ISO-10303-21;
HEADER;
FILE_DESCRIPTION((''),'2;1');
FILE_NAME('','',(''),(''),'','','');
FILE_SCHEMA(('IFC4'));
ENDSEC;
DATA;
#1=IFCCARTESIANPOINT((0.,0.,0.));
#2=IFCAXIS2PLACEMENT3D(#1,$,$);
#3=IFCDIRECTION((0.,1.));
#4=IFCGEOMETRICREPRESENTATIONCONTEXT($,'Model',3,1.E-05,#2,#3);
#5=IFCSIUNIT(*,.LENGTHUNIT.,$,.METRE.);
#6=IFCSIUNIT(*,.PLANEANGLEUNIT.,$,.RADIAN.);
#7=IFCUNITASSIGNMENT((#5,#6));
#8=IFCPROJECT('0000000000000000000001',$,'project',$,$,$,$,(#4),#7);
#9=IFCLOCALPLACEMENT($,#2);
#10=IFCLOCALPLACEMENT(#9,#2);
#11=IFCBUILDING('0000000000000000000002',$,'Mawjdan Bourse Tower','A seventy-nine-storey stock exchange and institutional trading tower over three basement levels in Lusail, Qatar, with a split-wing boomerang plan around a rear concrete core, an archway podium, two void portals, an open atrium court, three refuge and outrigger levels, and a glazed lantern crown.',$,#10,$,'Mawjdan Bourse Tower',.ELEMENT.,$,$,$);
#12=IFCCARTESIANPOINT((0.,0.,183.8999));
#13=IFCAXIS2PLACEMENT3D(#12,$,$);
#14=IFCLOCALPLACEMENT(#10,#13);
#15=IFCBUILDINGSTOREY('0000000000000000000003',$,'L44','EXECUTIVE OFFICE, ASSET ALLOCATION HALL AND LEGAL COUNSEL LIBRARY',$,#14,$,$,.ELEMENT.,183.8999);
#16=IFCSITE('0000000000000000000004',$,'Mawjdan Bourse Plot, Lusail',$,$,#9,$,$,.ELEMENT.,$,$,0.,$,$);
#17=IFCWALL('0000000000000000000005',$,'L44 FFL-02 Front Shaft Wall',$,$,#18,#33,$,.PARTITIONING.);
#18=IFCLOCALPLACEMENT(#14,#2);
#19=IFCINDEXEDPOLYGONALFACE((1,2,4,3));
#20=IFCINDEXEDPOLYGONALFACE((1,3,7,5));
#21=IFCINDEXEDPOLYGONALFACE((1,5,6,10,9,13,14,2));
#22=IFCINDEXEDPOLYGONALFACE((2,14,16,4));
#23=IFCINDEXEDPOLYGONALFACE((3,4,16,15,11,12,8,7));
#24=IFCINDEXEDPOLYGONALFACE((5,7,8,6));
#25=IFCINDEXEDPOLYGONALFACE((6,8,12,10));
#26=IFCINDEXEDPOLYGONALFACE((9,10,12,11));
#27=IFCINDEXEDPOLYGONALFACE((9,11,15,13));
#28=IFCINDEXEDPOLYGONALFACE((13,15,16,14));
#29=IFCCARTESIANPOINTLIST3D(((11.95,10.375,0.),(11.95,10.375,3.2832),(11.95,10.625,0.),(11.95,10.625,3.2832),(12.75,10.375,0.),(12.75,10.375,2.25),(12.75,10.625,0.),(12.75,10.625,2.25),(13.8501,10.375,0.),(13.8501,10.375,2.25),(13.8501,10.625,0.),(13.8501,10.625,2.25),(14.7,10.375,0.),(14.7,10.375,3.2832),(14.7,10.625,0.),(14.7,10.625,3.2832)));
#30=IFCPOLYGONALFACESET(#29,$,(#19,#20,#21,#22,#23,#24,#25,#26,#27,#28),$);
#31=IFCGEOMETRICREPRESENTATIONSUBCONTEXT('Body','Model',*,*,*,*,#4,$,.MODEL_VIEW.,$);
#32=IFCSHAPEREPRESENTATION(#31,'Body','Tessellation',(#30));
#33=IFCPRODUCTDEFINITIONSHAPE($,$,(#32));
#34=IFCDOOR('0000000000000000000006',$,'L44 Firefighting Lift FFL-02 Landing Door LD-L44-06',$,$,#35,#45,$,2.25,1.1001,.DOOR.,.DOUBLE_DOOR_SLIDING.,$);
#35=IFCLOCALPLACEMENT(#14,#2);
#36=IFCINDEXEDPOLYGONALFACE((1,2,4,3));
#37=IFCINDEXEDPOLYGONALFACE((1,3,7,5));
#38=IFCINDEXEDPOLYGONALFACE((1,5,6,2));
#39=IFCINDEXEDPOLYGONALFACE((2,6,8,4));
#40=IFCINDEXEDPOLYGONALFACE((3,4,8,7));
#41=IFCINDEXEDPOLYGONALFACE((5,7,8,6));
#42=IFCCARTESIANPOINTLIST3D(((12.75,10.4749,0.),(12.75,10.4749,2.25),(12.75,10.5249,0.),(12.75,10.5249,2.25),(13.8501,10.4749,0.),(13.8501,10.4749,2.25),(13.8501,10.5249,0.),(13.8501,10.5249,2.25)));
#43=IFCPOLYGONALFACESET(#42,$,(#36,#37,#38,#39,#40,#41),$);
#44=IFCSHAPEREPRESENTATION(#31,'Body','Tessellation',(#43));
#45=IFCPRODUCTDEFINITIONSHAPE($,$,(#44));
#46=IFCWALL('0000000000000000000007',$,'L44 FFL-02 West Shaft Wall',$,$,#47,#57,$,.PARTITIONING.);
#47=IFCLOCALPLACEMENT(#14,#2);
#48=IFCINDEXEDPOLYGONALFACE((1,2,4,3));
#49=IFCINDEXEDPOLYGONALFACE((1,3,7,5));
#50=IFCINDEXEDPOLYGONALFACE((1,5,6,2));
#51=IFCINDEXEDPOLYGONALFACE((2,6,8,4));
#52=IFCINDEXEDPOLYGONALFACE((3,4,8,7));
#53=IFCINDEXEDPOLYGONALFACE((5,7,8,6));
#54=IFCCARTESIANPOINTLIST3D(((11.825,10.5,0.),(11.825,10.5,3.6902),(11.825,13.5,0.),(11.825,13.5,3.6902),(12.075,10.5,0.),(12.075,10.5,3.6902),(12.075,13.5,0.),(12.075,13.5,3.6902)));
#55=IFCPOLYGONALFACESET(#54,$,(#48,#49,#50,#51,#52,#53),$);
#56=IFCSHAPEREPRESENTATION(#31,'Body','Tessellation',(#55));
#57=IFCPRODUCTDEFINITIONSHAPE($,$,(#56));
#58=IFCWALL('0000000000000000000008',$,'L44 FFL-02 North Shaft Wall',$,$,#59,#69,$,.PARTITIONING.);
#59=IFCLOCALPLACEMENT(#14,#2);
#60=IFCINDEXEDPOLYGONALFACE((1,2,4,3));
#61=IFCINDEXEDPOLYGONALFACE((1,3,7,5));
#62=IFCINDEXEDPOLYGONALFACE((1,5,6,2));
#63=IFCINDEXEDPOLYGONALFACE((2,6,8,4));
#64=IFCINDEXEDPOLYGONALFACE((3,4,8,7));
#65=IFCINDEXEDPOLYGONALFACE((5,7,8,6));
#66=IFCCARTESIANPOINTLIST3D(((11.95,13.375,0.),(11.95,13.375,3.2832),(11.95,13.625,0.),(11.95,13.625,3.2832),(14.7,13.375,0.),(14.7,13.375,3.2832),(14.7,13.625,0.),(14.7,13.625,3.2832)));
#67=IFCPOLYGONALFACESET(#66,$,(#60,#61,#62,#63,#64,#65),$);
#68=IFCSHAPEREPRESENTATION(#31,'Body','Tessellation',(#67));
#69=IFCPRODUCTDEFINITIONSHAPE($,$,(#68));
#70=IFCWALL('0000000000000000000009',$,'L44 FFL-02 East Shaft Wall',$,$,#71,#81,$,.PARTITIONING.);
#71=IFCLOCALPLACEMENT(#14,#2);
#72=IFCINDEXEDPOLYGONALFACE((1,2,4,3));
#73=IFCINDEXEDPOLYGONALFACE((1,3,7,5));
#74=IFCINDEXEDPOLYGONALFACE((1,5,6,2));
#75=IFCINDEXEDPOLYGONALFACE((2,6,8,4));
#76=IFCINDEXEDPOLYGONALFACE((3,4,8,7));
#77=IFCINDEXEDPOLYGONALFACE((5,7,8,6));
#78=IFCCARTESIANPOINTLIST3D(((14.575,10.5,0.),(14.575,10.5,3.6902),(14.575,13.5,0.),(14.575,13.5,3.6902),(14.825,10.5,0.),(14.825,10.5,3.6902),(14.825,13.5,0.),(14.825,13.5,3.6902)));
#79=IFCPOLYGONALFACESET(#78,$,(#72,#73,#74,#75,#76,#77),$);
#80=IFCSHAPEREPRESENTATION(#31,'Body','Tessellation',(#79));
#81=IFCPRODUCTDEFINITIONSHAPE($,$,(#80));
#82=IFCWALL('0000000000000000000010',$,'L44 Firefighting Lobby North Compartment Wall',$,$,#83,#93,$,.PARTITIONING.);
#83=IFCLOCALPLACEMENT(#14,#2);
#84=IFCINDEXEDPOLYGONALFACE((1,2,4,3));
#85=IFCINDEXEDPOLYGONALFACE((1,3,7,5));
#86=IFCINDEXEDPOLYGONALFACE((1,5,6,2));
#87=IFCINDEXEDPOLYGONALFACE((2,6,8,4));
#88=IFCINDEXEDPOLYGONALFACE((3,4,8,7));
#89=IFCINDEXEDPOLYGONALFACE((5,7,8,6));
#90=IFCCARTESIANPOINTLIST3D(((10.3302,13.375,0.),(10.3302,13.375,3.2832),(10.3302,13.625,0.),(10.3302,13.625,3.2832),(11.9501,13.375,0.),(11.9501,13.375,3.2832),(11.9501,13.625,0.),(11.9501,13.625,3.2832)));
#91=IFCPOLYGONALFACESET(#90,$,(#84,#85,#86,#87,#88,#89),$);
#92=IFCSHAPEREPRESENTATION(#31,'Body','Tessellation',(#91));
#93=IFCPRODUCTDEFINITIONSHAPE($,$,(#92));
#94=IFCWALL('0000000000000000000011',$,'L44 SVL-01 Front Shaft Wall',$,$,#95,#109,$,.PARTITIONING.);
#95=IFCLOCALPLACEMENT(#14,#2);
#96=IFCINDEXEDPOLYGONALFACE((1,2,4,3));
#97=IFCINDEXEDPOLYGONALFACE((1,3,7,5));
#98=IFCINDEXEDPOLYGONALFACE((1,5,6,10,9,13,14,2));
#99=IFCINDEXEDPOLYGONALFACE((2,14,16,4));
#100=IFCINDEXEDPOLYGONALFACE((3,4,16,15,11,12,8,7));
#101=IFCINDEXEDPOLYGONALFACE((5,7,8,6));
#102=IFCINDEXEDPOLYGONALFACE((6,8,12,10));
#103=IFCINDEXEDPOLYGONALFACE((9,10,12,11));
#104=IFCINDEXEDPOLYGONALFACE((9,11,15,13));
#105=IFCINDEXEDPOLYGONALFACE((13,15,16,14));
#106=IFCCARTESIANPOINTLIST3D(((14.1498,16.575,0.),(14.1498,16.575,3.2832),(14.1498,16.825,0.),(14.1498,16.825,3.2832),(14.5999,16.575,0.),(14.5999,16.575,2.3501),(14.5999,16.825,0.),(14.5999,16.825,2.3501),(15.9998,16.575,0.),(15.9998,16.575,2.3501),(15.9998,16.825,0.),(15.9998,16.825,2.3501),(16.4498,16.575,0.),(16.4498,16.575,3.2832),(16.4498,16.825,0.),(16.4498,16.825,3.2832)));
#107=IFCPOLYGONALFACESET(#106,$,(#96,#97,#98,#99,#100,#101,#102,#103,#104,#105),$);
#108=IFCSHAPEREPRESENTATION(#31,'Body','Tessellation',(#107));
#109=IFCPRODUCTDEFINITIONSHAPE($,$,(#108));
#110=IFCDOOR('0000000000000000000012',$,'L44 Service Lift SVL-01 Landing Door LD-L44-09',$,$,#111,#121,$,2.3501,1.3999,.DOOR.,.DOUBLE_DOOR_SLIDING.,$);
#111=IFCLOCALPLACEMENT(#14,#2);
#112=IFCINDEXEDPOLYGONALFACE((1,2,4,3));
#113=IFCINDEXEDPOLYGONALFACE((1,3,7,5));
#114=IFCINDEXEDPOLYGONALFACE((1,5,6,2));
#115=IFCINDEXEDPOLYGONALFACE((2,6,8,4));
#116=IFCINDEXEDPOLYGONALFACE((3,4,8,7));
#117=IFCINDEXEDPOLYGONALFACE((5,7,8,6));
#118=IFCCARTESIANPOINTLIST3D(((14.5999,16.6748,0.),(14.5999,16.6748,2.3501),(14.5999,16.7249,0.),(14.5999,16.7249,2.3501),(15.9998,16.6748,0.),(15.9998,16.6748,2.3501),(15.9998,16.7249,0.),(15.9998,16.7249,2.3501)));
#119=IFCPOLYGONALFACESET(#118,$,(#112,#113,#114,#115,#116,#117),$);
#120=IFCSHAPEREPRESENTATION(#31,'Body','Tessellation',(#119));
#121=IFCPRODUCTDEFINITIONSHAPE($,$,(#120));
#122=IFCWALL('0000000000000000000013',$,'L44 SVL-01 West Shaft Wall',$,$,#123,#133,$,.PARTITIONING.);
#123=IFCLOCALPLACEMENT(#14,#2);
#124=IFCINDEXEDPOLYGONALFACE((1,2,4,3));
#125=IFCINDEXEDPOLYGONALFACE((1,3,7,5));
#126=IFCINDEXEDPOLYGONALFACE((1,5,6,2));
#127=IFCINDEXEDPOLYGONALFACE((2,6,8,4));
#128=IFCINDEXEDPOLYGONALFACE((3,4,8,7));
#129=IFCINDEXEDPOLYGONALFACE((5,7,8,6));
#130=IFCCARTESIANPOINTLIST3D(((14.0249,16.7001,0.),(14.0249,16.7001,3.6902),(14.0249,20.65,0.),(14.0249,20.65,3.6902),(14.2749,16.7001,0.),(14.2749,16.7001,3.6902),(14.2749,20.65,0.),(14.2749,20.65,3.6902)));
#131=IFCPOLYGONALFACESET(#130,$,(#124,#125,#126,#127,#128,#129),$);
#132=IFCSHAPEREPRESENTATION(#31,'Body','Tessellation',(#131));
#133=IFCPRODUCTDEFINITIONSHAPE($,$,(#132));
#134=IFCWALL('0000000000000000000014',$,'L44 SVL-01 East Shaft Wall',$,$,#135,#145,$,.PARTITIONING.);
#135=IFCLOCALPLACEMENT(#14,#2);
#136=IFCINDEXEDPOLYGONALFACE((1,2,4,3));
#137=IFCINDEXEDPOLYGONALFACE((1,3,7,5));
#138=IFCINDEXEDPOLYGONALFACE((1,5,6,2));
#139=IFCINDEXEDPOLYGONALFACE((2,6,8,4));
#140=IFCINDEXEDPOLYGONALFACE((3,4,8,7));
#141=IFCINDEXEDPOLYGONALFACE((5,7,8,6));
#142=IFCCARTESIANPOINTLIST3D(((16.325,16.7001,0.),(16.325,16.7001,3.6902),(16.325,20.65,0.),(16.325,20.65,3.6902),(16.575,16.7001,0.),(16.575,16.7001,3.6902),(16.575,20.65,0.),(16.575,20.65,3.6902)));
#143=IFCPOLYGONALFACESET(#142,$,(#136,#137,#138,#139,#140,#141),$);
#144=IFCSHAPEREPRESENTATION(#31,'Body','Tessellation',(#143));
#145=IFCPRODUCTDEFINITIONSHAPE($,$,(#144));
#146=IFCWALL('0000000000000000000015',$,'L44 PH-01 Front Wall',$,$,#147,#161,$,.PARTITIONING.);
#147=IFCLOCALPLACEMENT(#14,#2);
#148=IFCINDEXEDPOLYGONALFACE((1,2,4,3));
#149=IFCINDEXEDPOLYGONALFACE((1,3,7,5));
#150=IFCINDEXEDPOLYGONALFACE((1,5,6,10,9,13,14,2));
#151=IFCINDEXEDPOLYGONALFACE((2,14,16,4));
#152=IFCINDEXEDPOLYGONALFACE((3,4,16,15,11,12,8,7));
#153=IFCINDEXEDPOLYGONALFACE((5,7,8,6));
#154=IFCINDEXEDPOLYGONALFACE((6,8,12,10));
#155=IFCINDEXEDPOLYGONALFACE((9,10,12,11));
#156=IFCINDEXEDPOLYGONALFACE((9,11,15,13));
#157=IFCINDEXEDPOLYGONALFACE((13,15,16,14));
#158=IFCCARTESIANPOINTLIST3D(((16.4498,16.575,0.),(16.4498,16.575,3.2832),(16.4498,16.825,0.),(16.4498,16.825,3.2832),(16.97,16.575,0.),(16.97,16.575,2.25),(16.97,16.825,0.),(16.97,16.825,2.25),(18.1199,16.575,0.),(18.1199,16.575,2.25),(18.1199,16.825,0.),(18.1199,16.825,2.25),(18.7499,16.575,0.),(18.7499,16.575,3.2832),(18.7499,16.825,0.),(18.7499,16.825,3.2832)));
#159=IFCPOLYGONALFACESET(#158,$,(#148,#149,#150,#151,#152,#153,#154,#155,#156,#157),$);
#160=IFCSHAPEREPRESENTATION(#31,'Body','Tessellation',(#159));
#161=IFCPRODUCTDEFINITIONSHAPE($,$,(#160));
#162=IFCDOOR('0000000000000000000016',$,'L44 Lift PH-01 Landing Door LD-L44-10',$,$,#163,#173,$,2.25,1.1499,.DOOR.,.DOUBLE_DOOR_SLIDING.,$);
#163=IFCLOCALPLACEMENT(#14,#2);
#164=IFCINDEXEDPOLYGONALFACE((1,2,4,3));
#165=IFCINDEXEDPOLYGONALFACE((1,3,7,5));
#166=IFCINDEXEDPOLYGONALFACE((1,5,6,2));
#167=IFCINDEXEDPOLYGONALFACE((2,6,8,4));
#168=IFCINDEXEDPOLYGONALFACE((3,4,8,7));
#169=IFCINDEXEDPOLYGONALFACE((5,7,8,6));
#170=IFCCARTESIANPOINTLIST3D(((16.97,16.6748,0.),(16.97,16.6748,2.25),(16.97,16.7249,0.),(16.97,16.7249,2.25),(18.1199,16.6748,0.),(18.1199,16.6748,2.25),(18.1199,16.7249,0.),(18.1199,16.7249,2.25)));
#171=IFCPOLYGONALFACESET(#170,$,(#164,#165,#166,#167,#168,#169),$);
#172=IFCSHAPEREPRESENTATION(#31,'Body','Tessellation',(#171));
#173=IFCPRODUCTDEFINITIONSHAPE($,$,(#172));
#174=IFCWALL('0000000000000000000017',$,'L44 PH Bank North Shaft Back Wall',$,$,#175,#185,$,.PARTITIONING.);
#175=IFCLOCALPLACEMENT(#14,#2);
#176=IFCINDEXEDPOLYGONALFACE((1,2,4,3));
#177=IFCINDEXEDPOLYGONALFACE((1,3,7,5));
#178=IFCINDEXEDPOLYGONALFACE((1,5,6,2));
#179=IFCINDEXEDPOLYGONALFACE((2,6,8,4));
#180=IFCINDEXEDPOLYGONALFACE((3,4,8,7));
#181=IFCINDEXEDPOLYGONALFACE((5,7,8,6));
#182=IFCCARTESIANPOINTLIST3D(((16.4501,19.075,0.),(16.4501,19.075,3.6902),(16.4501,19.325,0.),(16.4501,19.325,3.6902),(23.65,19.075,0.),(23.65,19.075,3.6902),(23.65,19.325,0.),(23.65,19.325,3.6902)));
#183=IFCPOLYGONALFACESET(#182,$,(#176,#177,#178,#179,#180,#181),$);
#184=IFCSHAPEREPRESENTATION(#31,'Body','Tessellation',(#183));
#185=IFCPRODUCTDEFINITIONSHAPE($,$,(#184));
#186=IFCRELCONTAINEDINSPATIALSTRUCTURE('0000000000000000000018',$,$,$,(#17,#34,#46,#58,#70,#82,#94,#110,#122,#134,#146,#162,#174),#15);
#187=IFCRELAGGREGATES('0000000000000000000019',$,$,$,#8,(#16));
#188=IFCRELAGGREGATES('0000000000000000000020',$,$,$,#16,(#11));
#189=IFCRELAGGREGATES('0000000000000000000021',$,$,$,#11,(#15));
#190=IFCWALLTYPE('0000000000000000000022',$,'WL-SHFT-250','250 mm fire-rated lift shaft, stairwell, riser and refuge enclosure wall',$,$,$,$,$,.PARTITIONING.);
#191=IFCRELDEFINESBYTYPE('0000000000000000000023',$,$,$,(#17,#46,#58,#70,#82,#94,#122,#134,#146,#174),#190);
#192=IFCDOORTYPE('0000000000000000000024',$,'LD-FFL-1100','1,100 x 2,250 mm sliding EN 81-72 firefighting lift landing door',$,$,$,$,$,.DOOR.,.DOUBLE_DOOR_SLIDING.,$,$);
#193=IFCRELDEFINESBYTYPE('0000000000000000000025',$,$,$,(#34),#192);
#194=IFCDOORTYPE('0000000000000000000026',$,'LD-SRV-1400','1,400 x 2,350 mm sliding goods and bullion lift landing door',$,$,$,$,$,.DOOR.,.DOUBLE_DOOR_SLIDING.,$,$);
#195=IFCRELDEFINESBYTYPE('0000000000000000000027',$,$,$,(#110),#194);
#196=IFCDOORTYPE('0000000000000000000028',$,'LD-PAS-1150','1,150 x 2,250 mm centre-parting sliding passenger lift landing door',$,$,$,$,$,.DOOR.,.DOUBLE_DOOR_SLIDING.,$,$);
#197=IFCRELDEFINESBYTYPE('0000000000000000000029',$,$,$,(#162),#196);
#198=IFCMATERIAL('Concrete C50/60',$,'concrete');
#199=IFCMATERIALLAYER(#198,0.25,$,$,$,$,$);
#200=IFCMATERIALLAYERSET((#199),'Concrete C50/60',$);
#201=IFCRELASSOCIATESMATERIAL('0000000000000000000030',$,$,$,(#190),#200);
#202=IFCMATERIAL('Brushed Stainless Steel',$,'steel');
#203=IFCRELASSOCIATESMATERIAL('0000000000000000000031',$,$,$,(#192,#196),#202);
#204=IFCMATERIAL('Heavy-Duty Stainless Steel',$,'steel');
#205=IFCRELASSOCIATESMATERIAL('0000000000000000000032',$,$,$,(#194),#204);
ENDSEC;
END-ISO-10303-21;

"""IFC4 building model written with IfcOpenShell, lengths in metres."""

from ifc_helpers import new_model, si_unit, direction, frame, frame_2d, origin, place, context, subcontext, project, spatial, rectangle, extrude, material, layer, layer_set, type_object, element, fill, save


model = new_model("IFC4")

# Units and contexts
model_context = context("Model", 3, precision=1e-05, world=origin(), true_north=direction((0.0, 1.0)))
body_context = subcontext(model_context, "Body", "Model", "MODEL_VIEW")
ifc_project = project(units=[si_unit("LENGTHUNIT", "METRE"), si_unit("PLANEANGLEUNIT", "RADIAN")], contexts=[model_context])

# Site, building, storey
site_placement = place(None, origin())
site = spatial("IfcSite", under=ifc_project, at=site_placement, Name="Mawjdan Bourse Plot, Lusail", CompositionType="ELEMENT", RefElevation=0.0)
building_placement = place(site_placement, origin())
building = spatial("IfcBuilding", under=site, at=building_placement, Name="Mawjdan Bourse Tower", Description="A seventy-nine-storey stock exchange and institutional trading tower over three basement levels in Lusail, Qatar, with a split-wing boomerang plan around a rear concrete core, an archway podium, two void portals, an open atrium court, three refuge and outrigger levels, and a glazed lantern crown.", LongName="Mawjdan Bourse Tower", CompositionType="ELEMENT")
storey_placement = place(building_placement, frame((0.0, 0.0, 183.8999)))
storey = spatial("IfcBuildingStorey", under=building, at=storey_placement, Name="L44", Description="EXECUTIVE OFFICE, ASSET ALLOCATION HALL AND LEGAL COUNSEL LIBRARY", CompositionType="ELEMENT", Elevation=183.8999)

# Wall, opening, door
ifc_material_1 = material(Name="Concrete C50/60", Category="concrete")
ifc_layer_1 = layer(ifc_material_1, 0.25)
ifc_layer_set_1 = layer_set([ifc_layer_1], Name="Concrete C50/60")
wall_type_1 = type_object("IfcWallType", Name="WL-SHFT-250", Description="250 mm fire-rated lift shaft, stairwell, riser and refuge enclosure wall", PredefinedType="PARTITIONING", material=ifc_layer_set_1)
wall_1_placement = place(storey_placement, frame((11.95, 10.5, 0.0), z_axis=(0.0, 0.0, 1.0), x_axis=(1.0, 0.0, 0.0)))
wall_1 = element("IfcWall", 1, at=wall_1_placement, inside=storey, type_object=wall_type_1, Name="L44 FFL-02 Front Shaft Wall", PredefinedType="PARTITIONING", context=body_context, shape_type="SweptSolid", body=[
    extrude(rectangle(XDim=2.75, YDim=0.25, at=frame_2d((1.375, 0.0))), origin(), (0.0, 0.0, 1.0), 3.2832),
])
opening_1_placement = place(wall_1_placement, frame((0.8, 0.0, 0.0)))
opening_1 = element("IfcOpeningElement", 2, at=opening_1_placement, cuts=wall_1, PredefinedType="OPENING", context=body_context, shape_type="SweptSolid", body=[
    extrude(rectangle(XDim=1.1001, YDim=2.25, at=frame_2d((0.55, 1.125))), frame((0.0, 0.135, 0.0), z_axis=(0.0, -1.0, 0.0), x_axis=(1.0, 0.0, 0.0)), (0.0, 0.0, 1.0), 0.27),
])
ifc_material_2 = material(Name="Brushed Stainless Steel", Category="steel")
door_type_1 = type_object("IfcDoorType", Name="LD-FFL-1100", Description="1,100 x 2,250 mm sliding EN 81-72 firefighting lift landing door", OperationType="DOUBLE_DOOR_SLIDING", PredefinedType="DOOR", material=ifc_material_2)
door_1_placement = place(opening_1_placement, origin())
door_1 = element("IfcDoor", 3, at=door_1_placement, inside=storey, type_object=door_type_1, Name="L44 Firefighting Lift FFL-02 Landing Door LD-L44-06", OperationType="DOUBLE_DOOR_SLIDING", OverallHeight=2.25, OverallWidth=1.1001, PredefinedType="DOOR", context=body_context, shape_type="SweptSolid", body=[
    extrude(rectangle(XDim=1.1001, YDim=2.25, at=frame_2d((0.55, 1.125))), frame((0.0, 0.0249, 0.0), z_axis=(0.0, -1.0, 0.0), x_axis=(1.0, 0.0, 0.0)), (0.0, 0.0, 1.0), 0.05),
])
fill(opening_1, door_1)

# Walls
wall_2_placement = place(storey_placement, frame((11.95, 10.5, 0.0), z_axis=(0.0, 0.0, 1.0), x_axis=(0.0, 1.0, 0.0)))
element("IfcWall", 4, at=wall_2_placement, inside=storey, type_object=wall_type_1, Name="L44 FFL-02 West Shaft Wall", PredefinedType="PARTITIONING", context=body_context, shape_type="SweptSolid", body=[
    extrude(rectangle(XDim=3.0, YDim=0.25, at=frame_2d((1.5, 0.0))), origin(), (0.0, 0.0, 1.0), 3.6902),
])
wall_3_placement = place(storey_placement, frame((11.95, 13.5, 0.0), z_axis=(0.0, 0.0, 1.0), x_axis=(1.0, 0.0, 0.0)))
element("IfcWall", 5, at=wall_3_placement, inside=storey, type_object=wall_type_1, Name="L44 FFL-02 North Shaft Wall", PredefinedType="PARTITIONING", context=body_context, shape_type="SweptSolid", body=[
    extrude(rectangle(XDim=2.75, YDim=0.25, at=frame_2d((1.375, 0.0))), origin(), (0.0, 0.0, 1.0), 3.2832),
])
wall_4_placement = place(storey_placement, frame((14.7, 10.5, 0.0), z_axis=(0.0, 0.0, 1.0), x_axis=(0.0, 1.0, 0.0)))
element("IfcWall", 6, at=wall_4_placement, inside=storey, type_object=wall_type_1, Name="L44 FFL-02 East Shaft Wall", PredefinedType="PARTITIONING", context=body_context, shape_type="SweptSolid", body=[
    extrude(rectangle(XDim=3.0, YDim=0.25, at=frame_2d((1.5, 0.0))), origin(), (0.0, 0.0, 1.0), 3.6902),
])
wall_5_placement = place(storey_placement, frame((10.3301, 13.5, 0.0), z_axis=(0.0, 0.0, 1.0), x_axis=(1.0, 0.0, 0.0)))
element("IfcWall", 7, at=wall_5_placement, inside=storey, type_object=wall_type_1, Name="L44 Firefighting Lobby North Compartment Wall", PredefinedType="PARTITIONING", context=body_context, shape_type="SweptSolid", body=[
    extrude(rectangle(XDim=1.6199, YDim=0.25, at=frame_2d((0.8101, 0.0))), origin(), (0.0, 0.0, 1.0), 3.2832),
])

# Wall, opening, door
wall_6_placement = place(storey_placement, frame((14.1499, 16.7, 0.0), z_axis=(0.0, 0.0, 1.0), x_axis=(1.0, 0.0, 0.0)))
wall_6 = element("IfcWall", 8, at=wall_6_placement, inside=storey, type_object=wall_type_1, Name="L44 SVL-01 Front Shaft Wall", PredefinedType="PARTITIONING", context=body_context, shape_type="SweptSolid", body=[
    extrude(rectangle(XDim=2.3, YDim=0.25, at=frame_2d((1.1499, 0.0))), origin(), (0.0, 0.0, 1.0), 3.2832),
])
opening_2_placement = place(wall_6_placement, frame((0.45, 0.0, 0.0)))
opening_2 = element("IfcOpeningElement", 9, at=opening_2_placement, cuts=wall_6, PredefinedType="OPENING", context=body_context, shape_type="SweptSolid", body=[
    extrude(rectangle(XDim=1.3999, YDim=2.3501, at=frame_2d((0.7, 1.175))), frame((0.0, 0.135, 0.0), z_axis=(0.0, -1.0, 0.0), x_axis=(1.0, 0.0, 0.0)), (0.0, 0.0, 1.0), 0.27),
])
ifc_material_3 = material(Name="Heavy-Duty Stainless Steel", Category="steel")
door_type_2 = type_object("IfcDoorType", Name="LD-SRV-1400", Description="1,400 x 2,350 mm sliding goods and bullion lift landing door", OperationType="DOUBLE_DOOR_SLIDING", PredefinedType="DOOR", material=ifc_material_3)
door_2_placement = place(opening_2_placement, origin())
door_2 = element("IfcDoor", 10, at=door_2_placement, inside=storey, type_object=door_type_2, Name="L44 Service Lift SVL-01 Landing Door LD-L44-09", OperationType="DOUBLE_DOOR_SLIDING", OverallHeight=2.3501, OverallWidth=1.3999, PredefinedType="DOOR", context=body_context, shape_type="SweptSolid", body=[
    extrude(rectangle(XDim=1.3999, YDim=2.3501, at=frame_2d((0.7, 1.175))), frame((0.0, 0.0249, 0.0), z_axis=(0.0, -1.0, 0.0), x_axis=(1.0, 0.0, 0.0)), (0.0, 0.0, 1.0), 0.05),
])
fill(opening_2, door_2)

# Walls
for number, where, z_axis, x_axis, name in (
    (11, (14.1499, 16.7, 0.0), (0.0, 0.0, 1.0), (0.0, 1.0, 0.0), "L44 SVL-01 West Shaft Wall"),
    (12, (16.45, 16.7, 0.0), (0.0, 0.0, 1.0), (0.0, 1.0, 0.0), "L44 SVL-01 East Shaft Wall"),
):
    element("IfcWall", number, at=place(storey_placement, frame(where, z_axis=z_axis, x_axis=x_axis)), inside=storey, type_object=wall_type_1, Name=name, PredefinedType="PARTITIONING", context=body_context, shape_type="SweptSolid", body=[
        extrude(rectangle(XDim=3.95, YDim=0.25, at=frame_2d((1.9751, 0.0))), origin(), (0.0, 0.0, 1.0), 3.6902),
    ])

# Wall, opening, door
wall_7_placement = place(storey_placement, frame((16.45, 16.7, 0.0), z_axis=(0.0, 0.0, 1.0), x_axis=(1.0, 0.0, 0.0)))
wall_7 = element("IfcWall", 13, at=wall_7_placement, inside=storey, type_object=wall_type_1, Name="L44 PH-01 Front Wall", PredefinedType="PARTITIONING", context=body_context, shape_type="SweptSolid", body=[
    extrude(rectangle(XDim=2.3, YDim=0.25, at=frame_2d((1.1499, 0.0))), origin(), (0.0, 0.0, 1.0), 3.2832),
])
opening_3_placement = place(wall_7_placement, frame((0.52, 0.0, 0.0)))
opening_3 = element("IfcOpeningElement", 14, at=opening_3_placement, cuts=wall_7, PredefinedType="OPENING", context=body_context, shape_type="SweptSolid", body=[
    extrude(rectangle(XDim=1.1499, YDim=2.25, at=frame_2d((0.575, 1.125))), frame((0.0, 0.135, 0.0), z_axis=(0.0, -1.0, 0.0), x_axis=(1.0, 0.0, 0.0)), (0.0, 0.0, 1.0), 0.27),
])
door_type_3 = type_object("IfcDoorType", Name="LD-PAS-1150", Description="1,150 x 2,250 mm centre-parting sliding passenger lift landing door", OperationType="DOUBLE_DOOR_SLIDING", PredefinedType="DOOR", material=ifc_material_2)
door_3_placement = place(opening_3_placement, origin())
door_3 = element("IfcDoor", 15, at=door_3_placement, inside=storey, type_object=door_type_3, Name="L44 Lift PH-01 Landing Door LD-L44-10", OperationType="DOUBLE_DOOR_SLIDING", OverallHeight=2.25, OverallWidth=1.1499, PredefinedType="DOOR", context=body_context, shape_type="SweptSolid", body=[
    extrude(rectangle(XDim=1.1499, YDim=2.25, at=frame_2d((0.575, 1.125))), frame((0.0, 0.0249, 0.0), z_axis=(0.0, -1.0, 0.0), x_axis=(1.0, 0.0, 0.0)), (0.0, 0.0, 1.0), 0.05),
])
fill(opening_3, door_3)

# Wall
wall_8_placement = place(storey_placement, frame((16.45, 19.2, 0.0), z_axis=(0.0, 0.0, 1.0), x_axis=(1.0, 0.0, 0.0)))
element("IfcWall", 16, at=wall_8_placement, inside=storey, type_object=wall_type_1, Name="L44 PH Bank North Shaft Back Wall", PredefinedType="PARTITIONING", context=body_context, shape_type="SweptSolid", body=[
    extrude(rectangle(XDim=7.2, YDim=0.25, at=frame_2d((3.6001, 0.0))), origin(), (0.0, 0.0, 1.0), 3.6902),
])

save(model, "model.ifc")
